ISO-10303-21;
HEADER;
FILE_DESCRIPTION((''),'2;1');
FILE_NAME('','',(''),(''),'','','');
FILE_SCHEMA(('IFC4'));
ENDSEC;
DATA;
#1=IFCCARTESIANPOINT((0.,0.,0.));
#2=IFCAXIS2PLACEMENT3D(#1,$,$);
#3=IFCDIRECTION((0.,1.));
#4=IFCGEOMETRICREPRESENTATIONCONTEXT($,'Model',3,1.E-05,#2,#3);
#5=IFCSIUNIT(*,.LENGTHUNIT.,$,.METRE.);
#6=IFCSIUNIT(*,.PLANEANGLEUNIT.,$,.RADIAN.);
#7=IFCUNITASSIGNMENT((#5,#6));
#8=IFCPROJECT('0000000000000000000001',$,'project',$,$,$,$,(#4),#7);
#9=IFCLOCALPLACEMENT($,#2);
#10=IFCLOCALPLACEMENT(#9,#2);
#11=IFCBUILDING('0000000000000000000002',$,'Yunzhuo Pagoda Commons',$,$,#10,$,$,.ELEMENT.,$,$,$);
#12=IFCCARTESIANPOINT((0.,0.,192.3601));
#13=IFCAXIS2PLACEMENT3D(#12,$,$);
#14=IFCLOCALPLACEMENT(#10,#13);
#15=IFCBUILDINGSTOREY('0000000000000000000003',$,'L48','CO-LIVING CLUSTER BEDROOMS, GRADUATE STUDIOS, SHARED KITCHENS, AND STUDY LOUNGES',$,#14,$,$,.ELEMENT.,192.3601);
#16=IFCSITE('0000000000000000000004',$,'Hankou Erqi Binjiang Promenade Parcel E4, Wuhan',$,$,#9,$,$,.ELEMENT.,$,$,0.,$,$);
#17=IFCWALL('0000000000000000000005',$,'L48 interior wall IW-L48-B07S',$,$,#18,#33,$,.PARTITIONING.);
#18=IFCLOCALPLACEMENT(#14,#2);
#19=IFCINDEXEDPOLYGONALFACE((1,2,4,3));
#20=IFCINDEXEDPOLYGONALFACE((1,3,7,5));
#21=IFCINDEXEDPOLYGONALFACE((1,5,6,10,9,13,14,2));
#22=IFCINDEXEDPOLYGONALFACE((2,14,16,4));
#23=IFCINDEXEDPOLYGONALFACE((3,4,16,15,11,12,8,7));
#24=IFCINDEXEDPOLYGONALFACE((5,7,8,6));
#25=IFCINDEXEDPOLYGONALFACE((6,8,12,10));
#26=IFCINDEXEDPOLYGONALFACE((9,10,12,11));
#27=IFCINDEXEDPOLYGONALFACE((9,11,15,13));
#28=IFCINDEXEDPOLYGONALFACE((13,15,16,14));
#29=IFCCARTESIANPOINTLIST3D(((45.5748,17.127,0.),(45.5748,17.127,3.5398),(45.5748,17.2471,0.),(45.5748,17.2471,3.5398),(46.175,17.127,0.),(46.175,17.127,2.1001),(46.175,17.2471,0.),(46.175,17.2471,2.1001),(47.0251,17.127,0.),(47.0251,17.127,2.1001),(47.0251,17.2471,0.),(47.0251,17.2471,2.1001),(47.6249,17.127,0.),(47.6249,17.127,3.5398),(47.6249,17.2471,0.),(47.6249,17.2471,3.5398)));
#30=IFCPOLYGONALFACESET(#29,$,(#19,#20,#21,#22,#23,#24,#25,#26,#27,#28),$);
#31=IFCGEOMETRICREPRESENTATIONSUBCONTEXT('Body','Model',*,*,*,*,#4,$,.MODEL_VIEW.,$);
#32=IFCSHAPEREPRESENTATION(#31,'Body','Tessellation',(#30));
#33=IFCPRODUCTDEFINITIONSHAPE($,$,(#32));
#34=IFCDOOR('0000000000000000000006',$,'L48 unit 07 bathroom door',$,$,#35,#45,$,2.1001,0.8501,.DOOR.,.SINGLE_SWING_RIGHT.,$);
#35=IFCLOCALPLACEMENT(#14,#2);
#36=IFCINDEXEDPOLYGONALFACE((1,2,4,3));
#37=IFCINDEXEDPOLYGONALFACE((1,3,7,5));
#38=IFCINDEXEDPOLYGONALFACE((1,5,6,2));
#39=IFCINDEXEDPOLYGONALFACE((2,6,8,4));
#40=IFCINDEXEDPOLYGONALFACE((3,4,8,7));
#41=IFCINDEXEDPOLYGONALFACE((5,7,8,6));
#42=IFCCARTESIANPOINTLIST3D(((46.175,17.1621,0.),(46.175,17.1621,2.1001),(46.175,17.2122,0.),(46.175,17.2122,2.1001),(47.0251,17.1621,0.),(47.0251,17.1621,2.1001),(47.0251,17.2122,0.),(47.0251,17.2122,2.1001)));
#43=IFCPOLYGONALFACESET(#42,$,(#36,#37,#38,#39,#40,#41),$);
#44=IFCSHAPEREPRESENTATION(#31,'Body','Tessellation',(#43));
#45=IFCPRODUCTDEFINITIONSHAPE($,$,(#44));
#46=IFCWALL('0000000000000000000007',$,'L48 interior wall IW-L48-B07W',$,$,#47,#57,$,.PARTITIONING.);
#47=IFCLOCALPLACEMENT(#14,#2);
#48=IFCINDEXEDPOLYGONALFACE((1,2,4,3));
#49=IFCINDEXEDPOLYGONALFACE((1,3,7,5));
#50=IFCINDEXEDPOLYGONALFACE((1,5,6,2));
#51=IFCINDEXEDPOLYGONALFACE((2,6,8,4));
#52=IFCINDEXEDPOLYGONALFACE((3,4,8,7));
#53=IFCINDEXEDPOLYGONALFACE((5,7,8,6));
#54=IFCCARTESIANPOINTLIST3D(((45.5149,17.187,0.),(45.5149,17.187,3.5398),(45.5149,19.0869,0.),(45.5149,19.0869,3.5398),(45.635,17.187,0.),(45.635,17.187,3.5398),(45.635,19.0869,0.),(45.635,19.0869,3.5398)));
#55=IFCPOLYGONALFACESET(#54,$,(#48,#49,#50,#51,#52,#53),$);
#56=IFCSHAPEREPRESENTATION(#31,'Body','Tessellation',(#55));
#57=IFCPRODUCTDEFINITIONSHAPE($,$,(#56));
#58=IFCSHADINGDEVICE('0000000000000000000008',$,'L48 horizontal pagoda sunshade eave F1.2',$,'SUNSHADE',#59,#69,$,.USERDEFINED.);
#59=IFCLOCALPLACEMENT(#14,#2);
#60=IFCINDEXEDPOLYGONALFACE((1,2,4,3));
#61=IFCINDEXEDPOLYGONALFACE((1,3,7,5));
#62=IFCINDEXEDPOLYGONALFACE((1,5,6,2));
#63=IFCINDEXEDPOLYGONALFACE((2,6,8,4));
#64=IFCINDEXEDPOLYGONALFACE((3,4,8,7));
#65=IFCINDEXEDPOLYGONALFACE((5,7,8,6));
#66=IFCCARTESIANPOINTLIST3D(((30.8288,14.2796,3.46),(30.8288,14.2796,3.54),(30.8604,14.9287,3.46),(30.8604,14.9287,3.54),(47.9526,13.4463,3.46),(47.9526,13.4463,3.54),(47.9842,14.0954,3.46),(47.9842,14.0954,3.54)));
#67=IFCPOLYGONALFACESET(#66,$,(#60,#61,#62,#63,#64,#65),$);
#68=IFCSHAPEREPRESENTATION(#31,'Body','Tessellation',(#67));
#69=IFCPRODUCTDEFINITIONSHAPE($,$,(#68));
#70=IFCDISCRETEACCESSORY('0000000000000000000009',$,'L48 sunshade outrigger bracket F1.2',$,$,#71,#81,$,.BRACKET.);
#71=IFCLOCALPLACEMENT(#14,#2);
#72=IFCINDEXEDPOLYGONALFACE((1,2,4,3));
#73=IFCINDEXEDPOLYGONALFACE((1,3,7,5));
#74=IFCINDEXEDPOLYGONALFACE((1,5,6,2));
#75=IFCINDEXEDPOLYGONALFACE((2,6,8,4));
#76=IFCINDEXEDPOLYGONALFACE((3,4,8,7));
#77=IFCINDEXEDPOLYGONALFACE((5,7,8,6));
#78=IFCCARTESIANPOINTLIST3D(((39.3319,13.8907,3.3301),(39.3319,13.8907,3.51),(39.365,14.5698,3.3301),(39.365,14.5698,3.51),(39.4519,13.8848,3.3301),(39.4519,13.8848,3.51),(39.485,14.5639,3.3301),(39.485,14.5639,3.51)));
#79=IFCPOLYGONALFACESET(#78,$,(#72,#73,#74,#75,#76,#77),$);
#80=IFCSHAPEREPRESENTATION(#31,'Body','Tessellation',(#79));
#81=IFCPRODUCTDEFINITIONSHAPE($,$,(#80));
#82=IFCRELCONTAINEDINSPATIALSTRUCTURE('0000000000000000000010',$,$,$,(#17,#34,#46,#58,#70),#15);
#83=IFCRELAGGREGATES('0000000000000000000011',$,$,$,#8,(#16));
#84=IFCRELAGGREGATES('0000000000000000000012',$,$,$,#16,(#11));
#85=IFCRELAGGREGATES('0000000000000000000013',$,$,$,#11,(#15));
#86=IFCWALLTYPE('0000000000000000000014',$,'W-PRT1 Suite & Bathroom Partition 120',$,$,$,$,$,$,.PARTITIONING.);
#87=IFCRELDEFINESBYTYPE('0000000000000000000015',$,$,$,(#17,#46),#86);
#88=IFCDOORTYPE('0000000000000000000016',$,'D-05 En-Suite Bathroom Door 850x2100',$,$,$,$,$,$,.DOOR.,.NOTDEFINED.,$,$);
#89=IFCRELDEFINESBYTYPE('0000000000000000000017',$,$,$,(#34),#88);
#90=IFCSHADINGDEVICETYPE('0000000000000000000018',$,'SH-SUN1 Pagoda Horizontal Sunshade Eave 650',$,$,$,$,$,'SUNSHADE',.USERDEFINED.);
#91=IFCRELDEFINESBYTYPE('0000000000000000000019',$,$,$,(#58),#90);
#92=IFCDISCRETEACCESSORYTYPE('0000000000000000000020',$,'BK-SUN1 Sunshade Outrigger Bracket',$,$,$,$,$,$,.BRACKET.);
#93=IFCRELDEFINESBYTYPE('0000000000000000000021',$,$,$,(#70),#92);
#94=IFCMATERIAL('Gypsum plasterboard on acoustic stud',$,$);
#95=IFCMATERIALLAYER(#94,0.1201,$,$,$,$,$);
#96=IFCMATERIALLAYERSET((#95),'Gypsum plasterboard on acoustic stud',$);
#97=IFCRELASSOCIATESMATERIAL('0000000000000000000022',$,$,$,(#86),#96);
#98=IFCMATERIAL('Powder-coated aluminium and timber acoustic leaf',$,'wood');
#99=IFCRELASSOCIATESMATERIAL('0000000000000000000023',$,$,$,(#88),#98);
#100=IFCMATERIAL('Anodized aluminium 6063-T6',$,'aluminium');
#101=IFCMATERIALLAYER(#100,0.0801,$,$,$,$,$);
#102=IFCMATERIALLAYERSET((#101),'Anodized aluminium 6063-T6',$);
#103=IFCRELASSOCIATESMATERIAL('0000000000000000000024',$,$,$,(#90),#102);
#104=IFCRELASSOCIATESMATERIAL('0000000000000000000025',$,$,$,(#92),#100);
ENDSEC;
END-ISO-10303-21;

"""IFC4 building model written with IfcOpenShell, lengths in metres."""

from ifc_helpers import new_model, si_unit, direction, frame, frame_2d, origin, origin_2d, place, context, subcontext, project, spatial, rectangle, extrude, source, transform, mapped, material, layer, layer_set, type_object, element, fill, save


model = new_model("IFC4")

# Units and contexts
model_context = context("Model", 3, precision=1e-05, world=origin(), true_north=direction((0.0, 1.0)))
body_context = subcontext(model_context, "Body", "Model", "MODEL_VIEW")
ifc_project = project(units=[si_unit("LENGTHUNIT", "METRE"), si_unit("PLANEANGLEUNIT", "RADIAN")], contexts=[model_context])

# Site, building, storey
site_placement = place(None, origin())
site = spatial("IfcSite", under=ifc_project, at=site_placement, Name="Hankou Erqi Binjiang Promenade Parcel E4, Wuhan", CompositionType="ELEMENT", RefElevation=0.0)
building_placement = place(site_placement, origin())
building = spatial("IfcBuilding", under=site, at=building_placement, Name="Yunzhuo Pagoda Commons", CompositionType="ELEMENT")
storey_placement = place(building_placement, frame((0.0, 0.0, 192.3601)))
storey = spatial("IfcBuildingStorey", under=building, at=storey_placement, Name="L48", Description="CO-LIVING CLUSTER BEDROOMS, GRADUATE STUDIOS, SHARED KITCHENS, AND STUDY LOUNGES", CompositionType="ELEMENT", Elevation=192.3601)

# Shared definitions
ifc_material_1 = material(Name="Anodized aluminium 6063-T6", Category="aluminium")

# Wall, opening, door
ifc_material_2 = material(Name="Gypsum plasterboard on acoustic stud")
ifc_layer_1 = layer(ifc_material_2, 0.1201)
ifc_layer_set_1 = layer_set([ifc_layer_1], Name="Gypsum plasterboard on acoustic stud")
wall_type = type_object("IfcWallType", Name="W-PRT1 Suite & Bathroom Partition 120", PredefinedType="PARTITIONING", material=ifc_layer_set_1)
wall_1_placement = place(storey_placement, frame((45.575, 17.187, 0.0), z_axis=(0.0, 0.0, 1.0), x_axis=(1.0, 0.0, 0.0)))
wall_1 = element("IfcWall", 1, at=wall_1_placement, inside=storey, type_object=wall_type, Name="L48 interior wall IW-L48-B07S", PredefinedType="PARTITIONING", context=body_context, shape_type="SweptSolid", body=[
    extrude(rectangle(XDim=2.05, YDim=0.1201, at=frame_2d((1.0249, 0.0))), origin(), (0.0, 0.0, 1.0), 3.5398),
])
opening_placement = place(wall_1_placement, frame((0.6001, 0.0, 0.0)))
opening = element("IfcOpeningElement", 2, at=opening_placement, cuts=wall_1, PredefinedType="OPENING", context=body_context, shape_type="SweptSolid", body=[
    extrude(rectangle(XDim=0.8501, YDim=2.1001, at=frame_2d((0.425, 1.05))), frame((0.0, 0.0701, 0.0), z_axis=(0.0, -1.0, 0.0), x_axis=(1.0, 0.0, 0.0)), (0.0, 0.0, 1.0), 0.1401),
])
ifc_material_3 = material(Name="Powder-coated aluminium and timber acoustic leaf", Category="wood")
door_type = type_object("IfcDoorType", Name="D-05 En-Suite Bathroom Door 850x2100", OperationType="NOTDEFINED", PredefinedType="DOOR", material=ifc_material_3)
shared_shape_1 = source(origin(), body_context, "Body", "SweptSolid", [
    extrude(rectangle(XDim=0.8501, YDim=2.1001, at=frame_2d((0.425, 1.05))), frame((0.0, 0.0249, 0.0), z_axis=(0.0, -1.0, 0.0), x_axis=(1.0, 0.0, 0.0)), (0.0, 0.0, 1.0), 0.05),
])
door_placement = place(opening_placement, frame((0.8501, 0.0, 0.0), z_axis=(0.0, 0.0, 1.0), x_axis=(-1.0, 0.0, 0.0)))
door = element("IfcDoor", 3, at=door_placement, inside=storey, type_object=door_type, Name="L48 unit 07 bathroom door", OperationType="SINGLE_SWING_RIGHT", OverallHeight=2.1001, OverallWidth=0.8501, PredefinedType="DOOR", context=body_context, shape_type="MappedRepresentation", body=[
    mapped(shared_shape_1, transform((0.0, 0.0, 0.0), scale=1.0)),
])
fill(opening, door)

# Wall
wall_2_placement = place(storey_placement, frame((45.575, 19.0869, 0.0), z_axis=(0.0, 0.0, 1.0), x_axis=(0.0, -1.0, 0.0)))
element("IfcWall", 4, at=wall_2_placement, inside=storey, type_object=wall_type, Name="L48 interior wall IW-L48-B07W", PredefinedType="PARTITIONING", context=body_context, shape_type="SweptSolid", body=[
    extrude(rectangle(XDim=1.8999, YDim=0.1201, at=frame_2d((0.95, 0.0))), origin(), (0.0, 0.0, 1.0), 3.5398),
])

# Shading device
ifc_layer_2 = layer(ifc_material_1, 0.0801)
ifc_layer_set_2 = layer_set([ifc_layer_2], Name="Anodized aluminium 6063-T6")
shading_device_type = type_object("IfcShadingDeviceType", Name="SH-SUN1 Pagoda Horizontal Sunshade Eave 650", ElementType="SUNSHADE", PredefinedType="USERDEFINED", material=ifc_layer_set_2)
shared_shape_2 = source(origin(), body_context, "Body", "SweptSolid", [
    extrude(rectangle(XDim=17.144, YDim=0.6499, at=origin_2d()), origin(), (0.0, 0.0, 1.0), 0.0801),
])
shading_device_placement = place(storey_placement, frame((39.4065, 14.1875, 3.46), z_axis=(0.0, 0.0, 1.0), x_axis=(0.998818, -0.048606, 0.0)))
element("IfcShadingDevice", 5, at=shading_device_placement, inside=storey, type_object=shading_device_type, Name="L48 horizontal pagoda sunshade eave F1.2", ObjectType="SUNSHADE", PredefinedType="USERDEFINED", context=body_context, shape_type="MappedRepresentation", body=[
    mapped(shared_shape_2, transform((0.0, 0.0, 0.0), scale=1.0)),
])

# Discrete accessory
discrete_accessory_type = type_object("IfcDiscreteAccessoryType", Name="BK-SUN1 Sunshade Outrigger Bracket", PredefinedType="BRACKET", material=ifc_material_1)
shared_shape_3 = source(origin(), body_context, "Body", "SweptSolid", [
    extrude(rectangle(XDim=0.1201, YDim=0.6799, at=origin_2d()), origin(), (0.0, 0.0, 1.0), 0.1799),
])
discrete_accessory_placement = place(storey_placement, frame((39.4084, 14.2273, 3.3301), z_axis=(0.0, 0.0, 1.0), x_axis=(0.998818, -0.048606, 0.0)))
element("IfcDiscreteAccessory", 6, at=discrete_accessory_placement, inside=storey, type_object=discrete_accessory_type, Name="L48 sunshade outrigger bracket F1.2", PredefinedType="BRACKET", context=body_context, shape_type="MappedRepresentation", body=[
    mapped(shared_shape_3, transform((0.0, 0.0, 0.0), scale=1.0)),
])

save(model, "model.ifc")
